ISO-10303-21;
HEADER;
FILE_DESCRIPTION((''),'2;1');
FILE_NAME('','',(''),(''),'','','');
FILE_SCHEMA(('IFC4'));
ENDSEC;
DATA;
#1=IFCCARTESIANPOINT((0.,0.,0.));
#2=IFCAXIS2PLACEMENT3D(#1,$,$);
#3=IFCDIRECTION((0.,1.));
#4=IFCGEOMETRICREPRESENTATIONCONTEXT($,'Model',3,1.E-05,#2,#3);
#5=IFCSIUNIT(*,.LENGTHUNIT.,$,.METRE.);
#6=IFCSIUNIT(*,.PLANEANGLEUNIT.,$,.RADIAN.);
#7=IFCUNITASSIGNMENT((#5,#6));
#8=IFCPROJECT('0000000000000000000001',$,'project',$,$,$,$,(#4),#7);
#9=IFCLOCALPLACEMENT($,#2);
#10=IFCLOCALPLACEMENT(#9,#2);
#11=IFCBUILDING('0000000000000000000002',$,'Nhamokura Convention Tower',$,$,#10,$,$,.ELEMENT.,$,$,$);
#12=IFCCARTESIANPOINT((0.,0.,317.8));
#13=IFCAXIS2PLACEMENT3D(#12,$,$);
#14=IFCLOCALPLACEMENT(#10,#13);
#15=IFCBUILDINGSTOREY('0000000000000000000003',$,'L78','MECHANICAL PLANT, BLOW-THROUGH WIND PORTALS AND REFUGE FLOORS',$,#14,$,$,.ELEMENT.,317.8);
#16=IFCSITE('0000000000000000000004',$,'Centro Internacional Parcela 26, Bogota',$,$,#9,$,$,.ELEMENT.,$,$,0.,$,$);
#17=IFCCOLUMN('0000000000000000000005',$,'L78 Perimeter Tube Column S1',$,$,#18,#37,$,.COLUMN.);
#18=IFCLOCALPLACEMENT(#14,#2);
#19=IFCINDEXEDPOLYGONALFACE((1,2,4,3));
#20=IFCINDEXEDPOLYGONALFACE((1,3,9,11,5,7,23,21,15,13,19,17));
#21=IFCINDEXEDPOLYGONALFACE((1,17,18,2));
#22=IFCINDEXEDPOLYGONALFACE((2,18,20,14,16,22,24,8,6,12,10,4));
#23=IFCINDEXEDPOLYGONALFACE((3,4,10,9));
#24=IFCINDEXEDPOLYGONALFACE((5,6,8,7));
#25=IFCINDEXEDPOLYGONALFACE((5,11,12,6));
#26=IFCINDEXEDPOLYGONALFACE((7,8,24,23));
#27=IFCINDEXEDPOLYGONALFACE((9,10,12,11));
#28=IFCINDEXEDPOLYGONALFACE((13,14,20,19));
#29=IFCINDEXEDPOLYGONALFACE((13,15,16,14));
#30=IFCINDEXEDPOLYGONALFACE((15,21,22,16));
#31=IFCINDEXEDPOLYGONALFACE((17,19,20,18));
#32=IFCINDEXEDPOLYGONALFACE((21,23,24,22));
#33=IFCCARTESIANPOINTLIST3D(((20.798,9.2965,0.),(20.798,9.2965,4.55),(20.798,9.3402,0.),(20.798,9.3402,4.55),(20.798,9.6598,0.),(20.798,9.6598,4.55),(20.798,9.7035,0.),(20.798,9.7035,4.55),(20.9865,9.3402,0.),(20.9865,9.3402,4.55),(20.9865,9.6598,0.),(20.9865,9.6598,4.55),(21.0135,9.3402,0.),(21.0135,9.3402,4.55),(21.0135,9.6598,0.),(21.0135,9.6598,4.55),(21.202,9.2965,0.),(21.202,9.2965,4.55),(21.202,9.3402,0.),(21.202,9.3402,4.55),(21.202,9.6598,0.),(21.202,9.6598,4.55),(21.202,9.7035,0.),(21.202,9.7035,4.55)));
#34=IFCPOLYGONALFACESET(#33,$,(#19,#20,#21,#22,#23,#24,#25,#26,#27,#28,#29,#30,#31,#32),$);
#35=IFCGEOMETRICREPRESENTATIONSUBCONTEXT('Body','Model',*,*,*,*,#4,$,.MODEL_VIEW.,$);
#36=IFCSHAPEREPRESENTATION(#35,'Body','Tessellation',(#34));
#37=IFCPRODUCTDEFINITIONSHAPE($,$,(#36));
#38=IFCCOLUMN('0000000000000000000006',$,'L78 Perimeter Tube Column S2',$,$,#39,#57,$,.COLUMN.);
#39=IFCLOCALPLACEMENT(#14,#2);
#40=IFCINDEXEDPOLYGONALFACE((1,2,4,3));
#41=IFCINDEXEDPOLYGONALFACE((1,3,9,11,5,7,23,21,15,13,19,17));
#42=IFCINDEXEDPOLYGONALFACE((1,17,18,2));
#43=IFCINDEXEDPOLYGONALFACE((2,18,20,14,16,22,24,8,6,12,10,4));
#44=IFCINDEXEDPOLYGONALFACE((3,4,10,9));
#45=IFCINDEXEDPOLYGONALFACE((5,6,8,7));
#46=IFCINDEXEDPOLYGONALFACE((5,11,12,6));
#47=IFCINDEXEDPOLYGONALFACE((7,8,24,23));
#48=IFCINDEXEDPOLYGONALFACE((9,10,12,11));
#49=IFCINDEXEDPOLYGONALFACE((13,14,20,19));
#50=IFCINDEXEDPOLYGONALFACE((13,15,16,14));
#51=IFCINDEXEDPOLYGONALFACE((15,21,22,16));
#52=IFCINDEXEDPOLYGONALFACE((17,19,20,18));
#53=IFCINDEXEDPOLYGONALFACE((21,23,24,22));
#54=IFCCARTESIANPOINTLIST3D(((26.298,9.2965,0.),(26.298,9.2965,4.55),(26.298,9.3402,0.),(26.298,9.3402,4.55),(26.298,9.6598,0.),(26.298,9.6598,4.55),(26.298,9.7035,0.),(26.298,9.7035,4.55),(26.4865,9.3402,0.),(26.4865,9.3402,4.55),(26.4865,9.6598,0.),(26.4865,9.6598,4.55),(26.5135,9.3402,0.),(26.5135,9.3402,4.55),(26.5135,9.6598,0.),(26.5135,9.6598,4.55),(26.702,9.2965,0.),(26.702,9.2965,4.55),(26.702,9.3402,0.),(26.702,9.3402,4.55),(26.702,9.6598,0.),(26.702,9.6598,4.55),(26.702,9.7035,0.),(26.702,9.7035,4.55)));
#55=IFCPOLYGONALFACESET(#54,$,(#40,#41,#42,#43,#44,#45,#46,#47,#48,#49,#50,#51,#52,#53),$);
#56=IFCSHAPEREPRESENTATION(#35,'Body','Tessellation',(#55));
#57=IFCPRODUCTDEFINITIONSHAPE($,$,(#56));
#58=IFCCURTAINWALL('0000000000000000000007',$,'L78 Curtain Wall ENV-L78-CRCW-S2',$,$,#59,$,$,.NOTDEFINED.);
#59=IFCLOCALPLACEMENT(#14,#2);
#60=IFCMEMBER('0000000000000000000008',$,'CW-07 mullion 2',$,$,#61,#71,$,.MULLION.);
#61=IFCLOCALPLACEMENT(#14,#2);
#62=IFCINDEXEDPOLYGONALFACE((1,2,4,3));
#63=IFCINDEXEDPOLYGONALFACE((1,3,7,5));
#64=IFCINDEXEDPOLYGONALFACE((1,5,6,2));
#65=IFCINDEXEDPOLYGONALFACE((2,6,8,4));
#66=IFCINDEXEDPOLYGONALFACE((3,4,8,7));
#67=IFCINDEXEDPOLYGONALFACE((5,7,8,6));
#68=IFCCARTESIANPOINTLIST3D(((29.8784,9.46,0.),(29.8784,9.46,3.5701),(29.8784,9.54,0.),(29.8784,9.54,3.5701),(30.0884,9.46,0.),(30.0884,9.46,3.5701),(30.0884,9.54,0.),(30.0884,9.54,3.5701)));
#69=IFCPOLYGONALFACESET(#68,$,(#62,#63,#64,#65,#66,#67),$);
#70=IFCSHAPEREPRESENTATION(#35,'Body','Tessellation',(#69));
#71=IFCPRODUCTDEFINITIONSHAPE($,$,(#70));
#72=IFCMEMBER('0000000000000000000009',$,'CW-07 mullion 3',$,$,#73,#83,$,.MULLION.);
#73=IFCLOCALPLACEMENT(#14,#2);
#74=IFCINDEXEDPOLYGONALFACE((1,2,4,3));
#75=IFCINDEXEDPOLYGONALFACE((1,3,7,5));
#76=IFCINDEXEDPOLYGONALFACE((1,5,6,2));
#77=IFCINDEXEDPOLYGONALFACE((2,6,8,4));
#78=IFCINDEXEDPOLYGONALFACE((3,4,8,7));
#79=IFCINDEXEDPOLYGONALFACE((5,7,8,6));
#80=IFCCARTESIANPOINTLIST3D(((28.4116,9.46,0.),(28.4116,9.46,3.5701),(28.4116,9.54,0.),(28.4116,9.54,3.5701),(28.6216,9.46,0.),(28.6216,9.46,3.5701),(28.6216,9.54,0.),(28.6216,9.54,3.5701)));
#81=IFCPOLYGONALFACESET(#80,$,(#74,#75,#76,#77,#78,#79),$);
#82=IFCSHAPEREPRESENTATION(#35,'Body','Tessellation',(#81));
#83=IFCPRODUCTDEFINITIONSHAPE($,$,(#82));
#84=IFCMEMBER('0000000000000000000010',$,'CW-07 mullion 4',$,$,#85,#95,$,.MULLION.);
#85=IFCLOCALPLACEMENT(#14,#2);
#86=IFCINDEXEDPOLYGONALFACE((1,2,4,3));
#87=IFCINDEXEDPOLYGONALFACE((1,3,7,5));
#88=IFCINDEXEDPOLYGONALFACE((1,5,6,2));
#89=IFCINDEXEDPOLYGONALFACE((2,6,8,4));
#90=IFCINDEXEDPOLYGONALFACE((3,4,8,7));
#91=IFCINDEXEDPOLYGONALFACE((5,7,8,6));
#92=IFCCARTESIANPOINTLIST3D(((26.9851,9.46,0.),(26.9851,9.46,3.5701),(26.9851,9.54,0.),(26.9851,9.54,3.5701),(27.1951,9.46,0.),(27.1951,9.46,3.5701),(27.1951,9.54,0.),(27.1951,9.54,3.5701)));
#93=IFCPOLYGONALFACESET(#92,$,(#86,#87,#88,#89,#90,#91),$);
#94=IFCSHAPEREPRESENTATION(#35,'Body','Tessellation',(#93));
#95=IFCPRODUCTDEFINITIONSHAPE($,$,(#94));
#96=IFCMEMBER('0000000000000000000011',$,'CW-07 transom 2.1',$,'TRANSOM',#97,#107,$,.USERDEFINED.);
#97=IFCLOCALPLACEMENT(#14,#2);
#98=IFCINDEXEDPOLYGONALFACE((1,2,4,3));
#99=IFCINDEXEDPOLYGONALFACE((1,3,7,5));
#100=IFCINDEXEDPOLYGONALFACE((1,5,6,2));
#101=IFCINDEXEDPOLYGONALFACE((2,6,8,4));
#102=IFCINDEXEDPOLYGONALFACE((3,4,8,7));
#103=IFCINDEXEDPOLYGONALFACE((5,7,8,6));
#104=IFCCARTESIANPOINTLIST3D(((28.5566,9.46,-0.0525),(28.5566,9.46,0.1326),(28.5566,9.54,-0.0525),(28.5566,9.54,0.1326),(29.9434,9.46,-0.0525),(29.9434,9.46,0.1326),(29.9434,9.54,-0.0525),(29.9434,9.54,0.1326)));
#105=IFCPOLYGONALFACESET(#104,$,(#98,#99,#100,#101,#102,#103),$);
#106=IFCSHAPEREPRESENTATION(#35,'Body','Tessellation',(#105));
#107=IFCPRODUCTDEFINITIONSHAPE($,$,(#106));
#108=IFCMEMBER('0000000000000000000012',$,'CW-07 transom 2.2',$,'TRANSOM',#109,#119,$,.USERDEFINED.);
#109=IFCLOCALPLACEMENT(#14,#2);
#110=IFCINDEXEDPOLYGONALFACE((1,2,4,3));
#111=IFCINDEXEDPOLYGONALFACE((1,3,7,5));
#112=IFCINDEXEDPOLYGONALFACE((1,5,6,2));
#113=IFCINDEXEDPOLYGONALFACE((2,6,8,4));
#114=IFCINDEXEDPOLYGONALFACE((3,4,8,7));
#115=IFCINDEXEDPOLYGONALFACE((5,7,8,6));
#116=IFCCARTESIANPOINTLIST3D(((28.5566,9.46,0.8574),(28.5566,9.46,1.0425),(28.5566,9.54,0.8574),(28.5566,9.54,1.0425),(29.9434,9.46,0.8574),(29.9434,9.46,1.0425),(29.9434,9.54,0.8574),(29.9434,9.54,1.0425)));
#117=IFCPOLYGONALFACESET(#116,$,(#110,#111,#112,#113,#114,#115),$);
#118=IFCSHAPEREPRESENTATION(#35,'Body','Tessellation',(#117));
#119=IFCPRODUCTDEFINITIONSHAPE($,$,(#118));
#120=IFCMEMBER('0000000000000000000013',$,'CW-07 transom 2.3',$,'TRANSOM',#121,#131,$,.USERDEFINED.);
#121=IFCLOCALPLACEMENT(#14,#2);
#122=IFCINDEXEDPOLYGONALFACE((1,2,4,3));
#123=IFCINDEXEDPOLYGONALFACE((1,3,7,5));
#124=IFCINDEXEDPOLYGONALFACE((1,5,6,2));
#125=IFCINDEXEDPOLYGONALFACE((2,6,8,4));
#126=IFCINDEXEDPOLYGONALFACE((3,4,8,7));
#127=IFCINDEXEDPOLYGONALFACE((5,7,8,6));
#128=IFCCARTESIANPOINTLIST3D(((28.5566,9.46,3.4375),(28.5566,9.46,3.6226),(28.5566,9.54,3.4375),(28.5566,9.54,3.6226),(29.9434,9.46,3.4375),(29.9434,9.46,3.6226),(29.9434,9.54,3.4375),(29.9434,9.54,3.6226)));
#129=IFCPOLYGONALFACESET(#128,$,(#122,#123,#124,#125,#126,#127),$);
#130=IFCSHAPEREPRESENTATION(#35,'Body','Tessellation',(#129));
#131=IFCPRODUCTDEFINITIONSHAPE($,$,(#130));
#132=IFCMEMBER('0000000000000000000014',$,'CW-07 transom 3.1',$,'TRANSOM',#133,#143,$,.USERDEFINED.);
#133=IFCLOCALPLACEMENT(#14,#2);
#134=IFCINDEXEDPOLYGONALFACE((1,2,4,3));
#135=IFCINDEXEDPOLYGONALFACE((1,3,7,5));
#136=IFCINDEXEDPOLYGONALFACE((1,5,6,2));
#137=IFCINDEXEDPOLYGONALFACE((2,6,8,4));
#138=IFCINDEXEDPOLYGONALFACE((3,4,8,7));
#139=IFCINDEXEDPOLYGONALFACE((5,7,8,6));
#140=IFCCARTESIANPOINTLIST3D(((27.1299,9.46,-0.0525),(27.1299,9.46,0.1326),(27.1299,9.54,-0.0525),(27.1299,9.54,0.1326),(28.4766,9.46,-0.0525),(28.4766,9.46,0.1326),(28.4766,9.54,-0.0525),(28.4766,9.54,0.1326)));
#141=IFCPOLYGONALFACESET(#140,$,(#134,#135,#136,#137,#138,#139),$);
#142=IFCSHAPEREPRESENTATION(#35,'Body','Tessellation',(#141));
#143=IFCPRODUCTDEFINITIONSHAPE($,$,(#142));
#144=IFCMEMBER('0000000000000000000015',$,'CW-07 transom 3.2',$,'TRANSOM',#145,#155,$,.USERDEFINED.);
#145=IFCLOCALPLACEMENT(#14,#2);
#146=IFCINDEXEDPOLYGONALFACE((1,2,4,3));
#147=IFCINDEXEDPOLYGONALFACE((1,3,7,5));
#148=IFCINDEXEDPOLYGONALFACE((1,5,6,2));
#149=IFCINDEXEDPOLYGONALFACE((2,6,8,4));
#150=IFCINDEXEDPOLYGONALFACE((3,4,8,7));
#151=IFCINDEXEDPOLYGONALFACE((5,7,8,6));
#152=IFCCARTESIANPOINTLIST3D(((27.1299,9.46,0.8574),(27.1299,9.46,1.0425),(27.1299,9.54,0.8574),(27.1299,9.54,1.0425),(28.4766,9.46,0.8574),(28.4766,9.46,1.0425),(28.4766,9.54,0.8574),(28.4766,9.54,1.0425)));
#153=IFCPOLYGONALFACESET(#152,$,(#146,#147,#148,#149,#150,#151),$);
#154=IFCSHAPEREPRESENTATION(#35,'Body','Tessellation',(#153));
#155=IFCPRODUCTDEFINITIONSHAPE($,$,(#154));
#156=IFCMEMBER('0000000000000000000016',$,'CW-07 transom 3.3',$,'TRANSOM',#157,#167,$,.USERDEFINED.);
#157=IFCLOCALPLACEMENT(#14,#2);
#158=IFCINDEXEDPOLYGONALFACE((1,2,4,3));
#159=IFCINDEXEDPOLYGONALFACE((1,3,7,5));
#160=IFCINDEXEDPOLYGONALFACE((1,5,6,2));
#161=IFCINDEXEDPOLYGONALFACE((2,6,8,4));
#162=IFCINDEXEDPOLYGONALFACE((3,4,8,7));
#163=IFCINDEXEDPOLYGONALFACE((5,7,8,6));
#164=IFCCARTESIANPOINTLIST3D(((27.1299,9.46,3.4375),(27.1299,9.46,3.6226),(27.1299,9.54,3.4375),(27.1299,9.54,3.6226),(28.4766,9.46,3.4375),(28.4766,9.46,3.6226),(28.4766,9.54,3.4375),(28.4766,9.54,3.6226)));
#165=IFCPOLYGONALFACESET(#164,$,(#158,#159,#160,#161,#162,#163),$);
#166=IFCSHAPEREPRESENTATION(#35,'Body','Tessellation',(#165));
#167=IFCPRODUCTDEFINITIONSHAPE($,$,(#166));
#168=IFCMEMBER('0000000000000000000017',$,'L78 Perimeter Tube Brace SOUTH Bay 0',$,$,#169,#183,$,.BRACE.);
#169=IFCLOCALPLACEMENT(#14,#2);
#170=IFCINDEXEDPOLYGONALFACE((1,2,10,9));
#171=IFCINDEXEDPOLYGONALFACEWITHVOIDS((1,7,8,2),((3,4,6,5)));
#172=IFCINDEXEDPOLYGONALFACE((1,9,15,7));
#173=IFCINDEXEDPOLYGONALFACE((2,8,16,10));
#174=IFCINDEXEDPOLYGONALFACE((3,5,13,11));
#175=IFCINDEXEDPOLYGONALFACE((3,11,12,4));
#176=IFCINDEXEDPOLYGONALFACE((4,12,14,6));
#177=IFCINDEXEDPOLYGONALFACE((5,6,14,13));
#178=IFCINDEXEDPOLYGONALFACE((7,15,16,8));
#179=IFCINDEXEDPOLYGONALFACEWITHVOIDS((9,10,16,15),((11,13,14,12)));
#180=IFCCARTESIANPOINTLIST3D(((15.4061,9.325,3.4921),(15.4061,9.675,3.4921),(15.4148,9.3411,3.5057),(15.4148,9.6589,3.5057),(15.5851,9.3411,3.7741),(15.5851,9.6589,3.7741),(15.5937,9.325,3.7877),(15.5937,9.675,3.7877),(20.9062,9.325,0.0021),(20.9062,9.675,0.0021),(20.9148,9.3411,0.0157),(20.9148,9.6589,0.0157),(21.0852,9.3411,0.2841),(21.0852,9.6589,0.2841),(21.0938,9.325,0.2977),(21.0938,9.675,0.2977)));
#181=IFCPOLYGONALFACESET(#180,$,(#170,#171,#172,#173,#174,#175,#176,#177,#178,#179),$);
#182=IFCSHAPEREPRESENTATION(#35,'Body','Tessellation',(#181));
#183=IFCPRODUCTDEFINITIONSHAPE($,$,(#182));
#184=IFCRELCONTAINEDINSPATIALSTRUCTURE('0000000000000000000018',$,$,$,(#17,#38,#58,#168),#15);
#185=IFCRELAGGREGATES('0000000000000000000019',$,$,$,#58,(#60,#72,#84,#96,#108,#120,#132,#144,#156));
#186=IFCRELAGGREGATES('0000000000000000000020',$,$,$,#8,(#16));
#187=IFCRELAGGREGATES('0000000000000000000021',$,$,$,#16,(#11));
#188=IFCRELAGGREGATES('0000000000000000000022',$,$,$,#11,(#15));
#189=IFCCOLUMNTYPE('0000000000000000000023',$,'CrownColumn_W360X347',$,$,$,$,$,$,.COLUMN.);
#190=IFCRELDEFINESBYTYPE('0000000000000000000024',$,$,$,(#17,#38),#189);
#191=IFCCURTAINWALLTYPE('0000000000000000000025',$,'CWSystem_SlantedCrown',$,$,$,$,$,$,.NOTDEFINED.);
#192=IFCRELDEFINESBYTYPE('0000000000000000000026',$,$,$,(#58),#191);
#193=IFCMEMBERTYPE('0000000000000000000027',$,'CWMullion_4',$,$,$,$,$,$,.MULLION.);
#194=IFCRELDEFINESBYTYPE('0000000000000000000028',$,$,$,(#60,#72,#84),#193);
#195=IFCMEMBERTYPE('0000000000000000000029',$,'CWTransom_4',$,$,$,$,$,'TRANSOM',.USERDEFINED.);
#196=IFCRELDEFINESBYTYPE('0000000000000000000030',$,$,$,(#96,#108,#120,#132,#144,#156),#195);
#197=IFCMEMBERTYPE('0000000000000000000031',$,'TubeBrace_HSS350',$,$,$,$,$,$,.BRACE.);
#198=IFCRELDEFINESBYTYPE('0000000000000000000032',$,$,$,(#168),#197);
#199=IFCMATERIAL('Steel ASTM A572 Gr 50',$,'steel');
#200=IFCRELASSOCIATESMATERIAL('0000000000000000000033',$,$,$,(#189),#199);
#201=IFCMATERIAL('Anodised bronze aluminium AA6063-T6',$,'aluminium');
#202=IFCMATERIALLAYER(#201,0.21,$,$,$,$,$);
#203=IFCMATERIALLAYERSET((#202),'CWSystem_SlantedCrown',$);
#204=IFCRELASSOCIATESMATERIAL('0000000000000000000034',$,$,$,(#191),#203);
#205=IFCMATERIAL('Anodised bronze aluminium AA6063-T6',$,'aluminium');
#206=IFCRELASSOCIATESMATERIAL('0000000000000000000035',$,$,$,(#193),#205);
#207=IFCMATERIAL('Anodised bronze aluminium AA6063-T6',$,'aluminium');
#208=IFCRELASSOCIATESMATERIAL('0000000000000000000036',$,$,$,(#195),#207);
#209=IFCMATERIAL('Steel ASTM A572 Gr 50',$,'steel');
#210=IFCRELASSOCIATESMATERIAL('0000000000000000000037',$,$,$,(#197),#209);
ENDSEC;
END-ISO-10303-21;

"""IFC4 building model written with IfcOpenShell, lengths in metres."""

from ifc_helpers import new_model, si_unit, direction, frame, origin, origin_2d, place, context, subcontext, project, spatial, rectangle, hollow_rectangle, i_section, extrude, material, layer, layer_set, material_profile, profile_set, type_object, element, aggregate, save


model = new_model("IFC4")

# Units and contexts
model_context = context("Model", 3, precision=1e-05, world=origin(), true_north=direction((0.0, 1.0)))
body_context = subcontext(model_context, "Body", "Model", "MODEL_VIEW")
ifc_project = project(units=[si_unit("LENGTHUNIT", "METRE"), si_unit("PLANEANGLEUNIT", "RADIAN")], contexts=[model_context])

# Site, building, storey
site_placement = place(None, origin())
site = spatial("IfcSite", under=ifc_project, at=site_placement, Name="Centro Internacional Parcela 26, Bogota", CompositionType="ELEMENT", RefElevation=0.0)
building_placement = place(site_placement, origin())
building = spatial("IfcBuilding", under=site, at=building_placement, Name="Nhamokura Convention Tower", CompositionType="ELEMENT")
storey_placement = place(building_placement, frame((0.0, 0.0, 317.8)))
storey = spatial("IfcBuildingStorey", under=building, at=storey_placement, Name="L78", Description="MECHANICAL PLANT, BLOW-THROUGH WIND PORTALS AND REFUGE FLOORS", CompositionType="ELEMENT", Elevation=317.8)

# Columns
ifc_material_1 = material(Name="Steel ASTM A572 Gr 50", Category="steel")
ifc_material_profile_1 = material_profile(ifc_material_1, i_section(OverallWidth=0.4041, OverallDepth=0.407, WebThickness=0.0271, FlangeThickness=0.0437, at=origin_2d()))
ifc_profile_set_1 = profile_set([ifc_material_profile_1], Name="Steel ASTM A572 Gr 50")
column_type = type_object("IfcColumnType", Name="CrownColumn_W360X347", PredefinedType="COLUMN", material=ifc_profile_set_1)
for number, where, z_axis, x_axis, name in (
    (1, (21.0, 9.5, 0.0), (0.0, 0.0, 1.0), (1.0, 0.0, 0.0), "L78 Perimeter Tube Column S1"),
    (2, (26.5, 9.5, 0.0), (0.0, 0.0, 1.0), (1.0, 0.0, 0.0), "L78 Perimeter Tube Column S2"),
):
    element("IfcColumn", number, at=place(storey_placement, frame(where, z_axis=z_axis, x_axis=x_axis)), inside=storey, type_object=column_type, Name=name, PredefinedType="COLUMN", context=body_context, shape_type="SweptSolid", body=[
        extrude(i_section(OverallWidth=0.4041, OverallDepth=0.407, WebThickness=0.0271, FlangeThickness=0.0437, at=origin_2d()), origin(), (0.0, 0.0, 1.0), 4.55),
    ])

# Curtain wall, members
ifc_material_2 = material(Name="Anodised bronze aluminium AA6063-T6", Category="aluminium")
ifc_layer_1 = layer(ifc_material_2, 0.21)
ifc_layer_set_1 = layer_set([ifc_layer_1], Name="CWSystem_SlantedCrown")
curtain_wall_type = type_object("IfcCurtainWallType", Name="CWSystem_SlantedCrown", PredefinedType="NOTDEFINED", material=ifc_layer_set_1)
curtain_wall_placement = place(storey_placement, origin())
curtain_wall = element("IfcCurtainWall", 3, at=curtain_wall_placement, inside=storey, type_object=curtain_wall_type, Name="L78 Curtain Wall ENV-L78-CRCW-S2", PredefinedType="NOTDEFINED")
ifc_material_3 = material(Name="Anodised bronze aluminium AA6063-T6", Category="aluminium")
ifc_material_profile_2 = material_profile(ifc_material_3, rectangle(XDim=0.0801, YDim=0.21, at=origin_2d()))
ifc_profile_set_2 = profile_set([ifc_material_profile_2], Name="Anodised bronze aluminium AA6063-T6")
member_type_1 = type_object("IfcMemberType", Name="CWMullion_4", PredefinedType="MULLION", material=ifc_profile_set_2)
member_1_placement = place(storey_placement, frame((29.9834, 9.5, 0.0), z_axis=(0.0, 0.0, 1.0), x_axis=(0.0, -1.0, 0.0)))
member_1 = element("IfcMember", 4, at=member_1_placement, type_object=member_type_1, Name="CW-07 mullion 2", PredefinedType="MULLION", context=body_context, shape_type="SweptSolid", body=[
    extrude(rectangle(XDim=0.0801, YDim=0.21, at=origin_2d()), origin(), (0.0, 0.0, 1.0), 3.5701),
])
member_2_placement = place(storey_placement, frame((28.5166, 9.5, 0.0), z_axis=(0.0, 0.0, 1.0), x_axis=(0.0, -1.0, 0.0)))
member_2 = element("IfcMember", 5, at=member_2_placement, type_object=member_type_1, Name="CW-07 mullion 3", PredefinedType="MULLION", context=body_context, shape_type="SweptSolid", body=[
    extrude(rectangle(XDim=0.0801, YDim=0.21, at=origin_2d()), origin(), (0.0, 0.0, 1.0), 3.5701),
])
member_3_placement = place(storey_placement, frame((27.0901, 9.5, 0.0), z_axis=(0.0, 0.0, 1.0), x_axis=(0.0, -1.0, 0.0)))
member_3 = element("IfcMember", 6, at=member_3_placement, type_object=member_type_1, Name="CW-07 mullion 4", PredefinedType="MULLION", context=body_context, shape_type="SweptSolid", body=[
    extrude(rectangle(XDim=0.0801, YDim=0.21, at=origin_2d()), origin(), (0.0, 0.0, 1.0), 3.5701),
])
ifc_material_4 = material(Name="Anodised bronze aluminium AA6063-T6", Category="aluminium")
ifc_material_profile_3 = material_profile(ifc_material_4, rectangle(XDim=0.0801, YDim=0.1851, at=origin_2d()))
ifc_profile_set_3 = profile_set([ifc_material_profile_3], Name="Anodised bronze aluminium AA6063-T6")
member_type_2 = type_object("IfcMemberType", Name="CWTransom_4", ElementType="TRANSOM", PredefinedType="USERDEFINED", material=ifc_profile_set_3)
member_4_placement = place(storey_placement, frame((29.9434, 9.5, 0.04), z_axis=(-1.0, 0.0, 0.0), x_axis=(0.0, -1.0, 0.0)))
member_4 = element("IfcMember", 7, at=member_4_placement, type_object=member_type_2, Name="CW-07 transom 2.1", ObjectType="TRANSOM", PredefinedType="USERDEFINED", context=body_context, shape_type="SweptSolid", body=[
    extrude(rectangle(XDim=0.0801, YDim=0.1851, at=origin_2d()), origin(), (0.0, 0.0, 1.0), 1.3867),
])
member_5_placement = place(storey_placement, frame((29.9434, 9.5, 0.95), z_axis=(-1.0, 0.0, 0.0), x_axis=(0.0, -1.0, 0.0)))
member_5 = element("IfcMember", 8, at=member_5_placement, type_object=member_type_2, Name="CW-07 transom 2.2", ObjectType="TRANSOM", PredefinedType="USERDEFINED", context=body_context, shape_type="SweptSolid", body=[
    extrude(rectangle(XDim=0.0801, YDim=0.1851, at=origin_2d()), origin(), (0.0, 0.0, 1.0), 1.3867),
])
member_6_placement = place(storey_placement, frame((29.9434, 9.5, 3.53), z_axis=(-1.0, 0.0, 0.0), x_axis=(0.0, -1.0, 0.0)))
member_6 = element("IfcMember", 9, at=member_6_placement, type_object=member_type_2, Name="CW-07 transom 2.3", ObjectType="TRANSOM", PredefinedType="USERDEFINED", context=body_context, shape_type="SweptSolid", body=[
    extrude(rectangle(XDim=0.0801, YDim=0.1851, at=origin_2d()), origin(), (0.0, 0.0, 1.0), 1.3867),
])
member_7_placement = place(storey_placement, frame((28.4766, 9.5, 0.04), z_axis=(-1.0, 0.0, 0.0), x_axis=(0.0, -1.0, 0.0)))
member_7 = element("IfcMember", 10, at=member_7_placement, type_object=member_type_2, Name="CW-07 transom 3.1", ObjectType="TRANSOM", PredefinedType="USERDEFINED", context=body_context, shape_type="SweptSolid", body=[
    extrude(rectangle(XDim=0.0801, YDim=0.1851, at=origin_2d()), origin(), (0.0, 0.0, 1.0), 1.3467),
])
member_8_placement = place(storey_placement, frame((28.4766, 9.5, 0.95), z_axis=(-1.0, 0.0, 0.0), x_axis=(0.0, -1.0, 0.0)))
member_8 = element("IfcMember", 11, at=member_8_placement, type_object=member_type_2, Name="CW-07 transom 3.2", ObjectType="TRANSOM", PredefinedType="USERDEFINED", context=body_context, shape_type="SweptSolid", body=[
    extrude(rectangle(XDim=0.0801, YDim=0.1851, at=origin_2d()), origin(), (0.0, 0.0, 1.0), 1.3467),
])
member_9_placement = place(storey_placement, frame((28.4766, 9.5, 3.53), z_axis=(-1.0, 0.0, 0.0), x_axis=(0.0, -1.0, 0.0)))
member_9 = element("IfcMember", 12, at=member_9_placement, type_object=member_type_2, Name="CW-07 transom 3.3", ObjectType="TRANSOM", PredefinedType="USERDEFINED", context=body_context, shape_type="SweptSolid", body=[
    extrude(rectangle(XDim=0.0801, YDim=0.1851, at=origin_2d()), origin(), (0.0, 0.0, 1.0), 1.3467),
])

# Member
ifc_material_5 = material(Name="Steel ASTM A572 Gr 50", Category="steel")
ifc_material_profile_4 = material_profile(ifc_material_5, hollow_rectangle(XDim=0.3501, YDim=0.3501, WallThickness=0.0161, at=origin_2d()))
ifc_profile_set_4 = profile_set([ifc_material_profile_4], Name="Steel ASTM A572 Gr 50")
member_type_3 = type_object("IfcMemberType", Name="TubeBrace_HSS350", PredefinedType="BRACE", material=ifc_profile_set_4)
member_10_placement = place(storey_placement, frame((21.0, 9.5, 0.1499), z_axis=(-0.844357, 0.0, 0.535781), x_axis=(0.0, -1.0, 0.0)))
element("IfcMember", 13, at=member_10_placement, inside=storey, type_object=member_type_3, Name="L78 Perimeter Tube Brace SOUTH Bay 0", PredefinedType="BRACE", context=body_context, shape_type="SweptSolid", body=[
    extrude(hollow_rectangle(XDim=0.3501, YDim=0.3501, WallThickness=0.0161, at=origin_2d()), origin(), (0.0, 0.0, 1.0), 6.5139),
])

aggregate(curtain_wall, [member_1, member_2, member_3, member_4, member_5, member_6, member_7, member_8, member_9])

save(model, "model.ifc")
